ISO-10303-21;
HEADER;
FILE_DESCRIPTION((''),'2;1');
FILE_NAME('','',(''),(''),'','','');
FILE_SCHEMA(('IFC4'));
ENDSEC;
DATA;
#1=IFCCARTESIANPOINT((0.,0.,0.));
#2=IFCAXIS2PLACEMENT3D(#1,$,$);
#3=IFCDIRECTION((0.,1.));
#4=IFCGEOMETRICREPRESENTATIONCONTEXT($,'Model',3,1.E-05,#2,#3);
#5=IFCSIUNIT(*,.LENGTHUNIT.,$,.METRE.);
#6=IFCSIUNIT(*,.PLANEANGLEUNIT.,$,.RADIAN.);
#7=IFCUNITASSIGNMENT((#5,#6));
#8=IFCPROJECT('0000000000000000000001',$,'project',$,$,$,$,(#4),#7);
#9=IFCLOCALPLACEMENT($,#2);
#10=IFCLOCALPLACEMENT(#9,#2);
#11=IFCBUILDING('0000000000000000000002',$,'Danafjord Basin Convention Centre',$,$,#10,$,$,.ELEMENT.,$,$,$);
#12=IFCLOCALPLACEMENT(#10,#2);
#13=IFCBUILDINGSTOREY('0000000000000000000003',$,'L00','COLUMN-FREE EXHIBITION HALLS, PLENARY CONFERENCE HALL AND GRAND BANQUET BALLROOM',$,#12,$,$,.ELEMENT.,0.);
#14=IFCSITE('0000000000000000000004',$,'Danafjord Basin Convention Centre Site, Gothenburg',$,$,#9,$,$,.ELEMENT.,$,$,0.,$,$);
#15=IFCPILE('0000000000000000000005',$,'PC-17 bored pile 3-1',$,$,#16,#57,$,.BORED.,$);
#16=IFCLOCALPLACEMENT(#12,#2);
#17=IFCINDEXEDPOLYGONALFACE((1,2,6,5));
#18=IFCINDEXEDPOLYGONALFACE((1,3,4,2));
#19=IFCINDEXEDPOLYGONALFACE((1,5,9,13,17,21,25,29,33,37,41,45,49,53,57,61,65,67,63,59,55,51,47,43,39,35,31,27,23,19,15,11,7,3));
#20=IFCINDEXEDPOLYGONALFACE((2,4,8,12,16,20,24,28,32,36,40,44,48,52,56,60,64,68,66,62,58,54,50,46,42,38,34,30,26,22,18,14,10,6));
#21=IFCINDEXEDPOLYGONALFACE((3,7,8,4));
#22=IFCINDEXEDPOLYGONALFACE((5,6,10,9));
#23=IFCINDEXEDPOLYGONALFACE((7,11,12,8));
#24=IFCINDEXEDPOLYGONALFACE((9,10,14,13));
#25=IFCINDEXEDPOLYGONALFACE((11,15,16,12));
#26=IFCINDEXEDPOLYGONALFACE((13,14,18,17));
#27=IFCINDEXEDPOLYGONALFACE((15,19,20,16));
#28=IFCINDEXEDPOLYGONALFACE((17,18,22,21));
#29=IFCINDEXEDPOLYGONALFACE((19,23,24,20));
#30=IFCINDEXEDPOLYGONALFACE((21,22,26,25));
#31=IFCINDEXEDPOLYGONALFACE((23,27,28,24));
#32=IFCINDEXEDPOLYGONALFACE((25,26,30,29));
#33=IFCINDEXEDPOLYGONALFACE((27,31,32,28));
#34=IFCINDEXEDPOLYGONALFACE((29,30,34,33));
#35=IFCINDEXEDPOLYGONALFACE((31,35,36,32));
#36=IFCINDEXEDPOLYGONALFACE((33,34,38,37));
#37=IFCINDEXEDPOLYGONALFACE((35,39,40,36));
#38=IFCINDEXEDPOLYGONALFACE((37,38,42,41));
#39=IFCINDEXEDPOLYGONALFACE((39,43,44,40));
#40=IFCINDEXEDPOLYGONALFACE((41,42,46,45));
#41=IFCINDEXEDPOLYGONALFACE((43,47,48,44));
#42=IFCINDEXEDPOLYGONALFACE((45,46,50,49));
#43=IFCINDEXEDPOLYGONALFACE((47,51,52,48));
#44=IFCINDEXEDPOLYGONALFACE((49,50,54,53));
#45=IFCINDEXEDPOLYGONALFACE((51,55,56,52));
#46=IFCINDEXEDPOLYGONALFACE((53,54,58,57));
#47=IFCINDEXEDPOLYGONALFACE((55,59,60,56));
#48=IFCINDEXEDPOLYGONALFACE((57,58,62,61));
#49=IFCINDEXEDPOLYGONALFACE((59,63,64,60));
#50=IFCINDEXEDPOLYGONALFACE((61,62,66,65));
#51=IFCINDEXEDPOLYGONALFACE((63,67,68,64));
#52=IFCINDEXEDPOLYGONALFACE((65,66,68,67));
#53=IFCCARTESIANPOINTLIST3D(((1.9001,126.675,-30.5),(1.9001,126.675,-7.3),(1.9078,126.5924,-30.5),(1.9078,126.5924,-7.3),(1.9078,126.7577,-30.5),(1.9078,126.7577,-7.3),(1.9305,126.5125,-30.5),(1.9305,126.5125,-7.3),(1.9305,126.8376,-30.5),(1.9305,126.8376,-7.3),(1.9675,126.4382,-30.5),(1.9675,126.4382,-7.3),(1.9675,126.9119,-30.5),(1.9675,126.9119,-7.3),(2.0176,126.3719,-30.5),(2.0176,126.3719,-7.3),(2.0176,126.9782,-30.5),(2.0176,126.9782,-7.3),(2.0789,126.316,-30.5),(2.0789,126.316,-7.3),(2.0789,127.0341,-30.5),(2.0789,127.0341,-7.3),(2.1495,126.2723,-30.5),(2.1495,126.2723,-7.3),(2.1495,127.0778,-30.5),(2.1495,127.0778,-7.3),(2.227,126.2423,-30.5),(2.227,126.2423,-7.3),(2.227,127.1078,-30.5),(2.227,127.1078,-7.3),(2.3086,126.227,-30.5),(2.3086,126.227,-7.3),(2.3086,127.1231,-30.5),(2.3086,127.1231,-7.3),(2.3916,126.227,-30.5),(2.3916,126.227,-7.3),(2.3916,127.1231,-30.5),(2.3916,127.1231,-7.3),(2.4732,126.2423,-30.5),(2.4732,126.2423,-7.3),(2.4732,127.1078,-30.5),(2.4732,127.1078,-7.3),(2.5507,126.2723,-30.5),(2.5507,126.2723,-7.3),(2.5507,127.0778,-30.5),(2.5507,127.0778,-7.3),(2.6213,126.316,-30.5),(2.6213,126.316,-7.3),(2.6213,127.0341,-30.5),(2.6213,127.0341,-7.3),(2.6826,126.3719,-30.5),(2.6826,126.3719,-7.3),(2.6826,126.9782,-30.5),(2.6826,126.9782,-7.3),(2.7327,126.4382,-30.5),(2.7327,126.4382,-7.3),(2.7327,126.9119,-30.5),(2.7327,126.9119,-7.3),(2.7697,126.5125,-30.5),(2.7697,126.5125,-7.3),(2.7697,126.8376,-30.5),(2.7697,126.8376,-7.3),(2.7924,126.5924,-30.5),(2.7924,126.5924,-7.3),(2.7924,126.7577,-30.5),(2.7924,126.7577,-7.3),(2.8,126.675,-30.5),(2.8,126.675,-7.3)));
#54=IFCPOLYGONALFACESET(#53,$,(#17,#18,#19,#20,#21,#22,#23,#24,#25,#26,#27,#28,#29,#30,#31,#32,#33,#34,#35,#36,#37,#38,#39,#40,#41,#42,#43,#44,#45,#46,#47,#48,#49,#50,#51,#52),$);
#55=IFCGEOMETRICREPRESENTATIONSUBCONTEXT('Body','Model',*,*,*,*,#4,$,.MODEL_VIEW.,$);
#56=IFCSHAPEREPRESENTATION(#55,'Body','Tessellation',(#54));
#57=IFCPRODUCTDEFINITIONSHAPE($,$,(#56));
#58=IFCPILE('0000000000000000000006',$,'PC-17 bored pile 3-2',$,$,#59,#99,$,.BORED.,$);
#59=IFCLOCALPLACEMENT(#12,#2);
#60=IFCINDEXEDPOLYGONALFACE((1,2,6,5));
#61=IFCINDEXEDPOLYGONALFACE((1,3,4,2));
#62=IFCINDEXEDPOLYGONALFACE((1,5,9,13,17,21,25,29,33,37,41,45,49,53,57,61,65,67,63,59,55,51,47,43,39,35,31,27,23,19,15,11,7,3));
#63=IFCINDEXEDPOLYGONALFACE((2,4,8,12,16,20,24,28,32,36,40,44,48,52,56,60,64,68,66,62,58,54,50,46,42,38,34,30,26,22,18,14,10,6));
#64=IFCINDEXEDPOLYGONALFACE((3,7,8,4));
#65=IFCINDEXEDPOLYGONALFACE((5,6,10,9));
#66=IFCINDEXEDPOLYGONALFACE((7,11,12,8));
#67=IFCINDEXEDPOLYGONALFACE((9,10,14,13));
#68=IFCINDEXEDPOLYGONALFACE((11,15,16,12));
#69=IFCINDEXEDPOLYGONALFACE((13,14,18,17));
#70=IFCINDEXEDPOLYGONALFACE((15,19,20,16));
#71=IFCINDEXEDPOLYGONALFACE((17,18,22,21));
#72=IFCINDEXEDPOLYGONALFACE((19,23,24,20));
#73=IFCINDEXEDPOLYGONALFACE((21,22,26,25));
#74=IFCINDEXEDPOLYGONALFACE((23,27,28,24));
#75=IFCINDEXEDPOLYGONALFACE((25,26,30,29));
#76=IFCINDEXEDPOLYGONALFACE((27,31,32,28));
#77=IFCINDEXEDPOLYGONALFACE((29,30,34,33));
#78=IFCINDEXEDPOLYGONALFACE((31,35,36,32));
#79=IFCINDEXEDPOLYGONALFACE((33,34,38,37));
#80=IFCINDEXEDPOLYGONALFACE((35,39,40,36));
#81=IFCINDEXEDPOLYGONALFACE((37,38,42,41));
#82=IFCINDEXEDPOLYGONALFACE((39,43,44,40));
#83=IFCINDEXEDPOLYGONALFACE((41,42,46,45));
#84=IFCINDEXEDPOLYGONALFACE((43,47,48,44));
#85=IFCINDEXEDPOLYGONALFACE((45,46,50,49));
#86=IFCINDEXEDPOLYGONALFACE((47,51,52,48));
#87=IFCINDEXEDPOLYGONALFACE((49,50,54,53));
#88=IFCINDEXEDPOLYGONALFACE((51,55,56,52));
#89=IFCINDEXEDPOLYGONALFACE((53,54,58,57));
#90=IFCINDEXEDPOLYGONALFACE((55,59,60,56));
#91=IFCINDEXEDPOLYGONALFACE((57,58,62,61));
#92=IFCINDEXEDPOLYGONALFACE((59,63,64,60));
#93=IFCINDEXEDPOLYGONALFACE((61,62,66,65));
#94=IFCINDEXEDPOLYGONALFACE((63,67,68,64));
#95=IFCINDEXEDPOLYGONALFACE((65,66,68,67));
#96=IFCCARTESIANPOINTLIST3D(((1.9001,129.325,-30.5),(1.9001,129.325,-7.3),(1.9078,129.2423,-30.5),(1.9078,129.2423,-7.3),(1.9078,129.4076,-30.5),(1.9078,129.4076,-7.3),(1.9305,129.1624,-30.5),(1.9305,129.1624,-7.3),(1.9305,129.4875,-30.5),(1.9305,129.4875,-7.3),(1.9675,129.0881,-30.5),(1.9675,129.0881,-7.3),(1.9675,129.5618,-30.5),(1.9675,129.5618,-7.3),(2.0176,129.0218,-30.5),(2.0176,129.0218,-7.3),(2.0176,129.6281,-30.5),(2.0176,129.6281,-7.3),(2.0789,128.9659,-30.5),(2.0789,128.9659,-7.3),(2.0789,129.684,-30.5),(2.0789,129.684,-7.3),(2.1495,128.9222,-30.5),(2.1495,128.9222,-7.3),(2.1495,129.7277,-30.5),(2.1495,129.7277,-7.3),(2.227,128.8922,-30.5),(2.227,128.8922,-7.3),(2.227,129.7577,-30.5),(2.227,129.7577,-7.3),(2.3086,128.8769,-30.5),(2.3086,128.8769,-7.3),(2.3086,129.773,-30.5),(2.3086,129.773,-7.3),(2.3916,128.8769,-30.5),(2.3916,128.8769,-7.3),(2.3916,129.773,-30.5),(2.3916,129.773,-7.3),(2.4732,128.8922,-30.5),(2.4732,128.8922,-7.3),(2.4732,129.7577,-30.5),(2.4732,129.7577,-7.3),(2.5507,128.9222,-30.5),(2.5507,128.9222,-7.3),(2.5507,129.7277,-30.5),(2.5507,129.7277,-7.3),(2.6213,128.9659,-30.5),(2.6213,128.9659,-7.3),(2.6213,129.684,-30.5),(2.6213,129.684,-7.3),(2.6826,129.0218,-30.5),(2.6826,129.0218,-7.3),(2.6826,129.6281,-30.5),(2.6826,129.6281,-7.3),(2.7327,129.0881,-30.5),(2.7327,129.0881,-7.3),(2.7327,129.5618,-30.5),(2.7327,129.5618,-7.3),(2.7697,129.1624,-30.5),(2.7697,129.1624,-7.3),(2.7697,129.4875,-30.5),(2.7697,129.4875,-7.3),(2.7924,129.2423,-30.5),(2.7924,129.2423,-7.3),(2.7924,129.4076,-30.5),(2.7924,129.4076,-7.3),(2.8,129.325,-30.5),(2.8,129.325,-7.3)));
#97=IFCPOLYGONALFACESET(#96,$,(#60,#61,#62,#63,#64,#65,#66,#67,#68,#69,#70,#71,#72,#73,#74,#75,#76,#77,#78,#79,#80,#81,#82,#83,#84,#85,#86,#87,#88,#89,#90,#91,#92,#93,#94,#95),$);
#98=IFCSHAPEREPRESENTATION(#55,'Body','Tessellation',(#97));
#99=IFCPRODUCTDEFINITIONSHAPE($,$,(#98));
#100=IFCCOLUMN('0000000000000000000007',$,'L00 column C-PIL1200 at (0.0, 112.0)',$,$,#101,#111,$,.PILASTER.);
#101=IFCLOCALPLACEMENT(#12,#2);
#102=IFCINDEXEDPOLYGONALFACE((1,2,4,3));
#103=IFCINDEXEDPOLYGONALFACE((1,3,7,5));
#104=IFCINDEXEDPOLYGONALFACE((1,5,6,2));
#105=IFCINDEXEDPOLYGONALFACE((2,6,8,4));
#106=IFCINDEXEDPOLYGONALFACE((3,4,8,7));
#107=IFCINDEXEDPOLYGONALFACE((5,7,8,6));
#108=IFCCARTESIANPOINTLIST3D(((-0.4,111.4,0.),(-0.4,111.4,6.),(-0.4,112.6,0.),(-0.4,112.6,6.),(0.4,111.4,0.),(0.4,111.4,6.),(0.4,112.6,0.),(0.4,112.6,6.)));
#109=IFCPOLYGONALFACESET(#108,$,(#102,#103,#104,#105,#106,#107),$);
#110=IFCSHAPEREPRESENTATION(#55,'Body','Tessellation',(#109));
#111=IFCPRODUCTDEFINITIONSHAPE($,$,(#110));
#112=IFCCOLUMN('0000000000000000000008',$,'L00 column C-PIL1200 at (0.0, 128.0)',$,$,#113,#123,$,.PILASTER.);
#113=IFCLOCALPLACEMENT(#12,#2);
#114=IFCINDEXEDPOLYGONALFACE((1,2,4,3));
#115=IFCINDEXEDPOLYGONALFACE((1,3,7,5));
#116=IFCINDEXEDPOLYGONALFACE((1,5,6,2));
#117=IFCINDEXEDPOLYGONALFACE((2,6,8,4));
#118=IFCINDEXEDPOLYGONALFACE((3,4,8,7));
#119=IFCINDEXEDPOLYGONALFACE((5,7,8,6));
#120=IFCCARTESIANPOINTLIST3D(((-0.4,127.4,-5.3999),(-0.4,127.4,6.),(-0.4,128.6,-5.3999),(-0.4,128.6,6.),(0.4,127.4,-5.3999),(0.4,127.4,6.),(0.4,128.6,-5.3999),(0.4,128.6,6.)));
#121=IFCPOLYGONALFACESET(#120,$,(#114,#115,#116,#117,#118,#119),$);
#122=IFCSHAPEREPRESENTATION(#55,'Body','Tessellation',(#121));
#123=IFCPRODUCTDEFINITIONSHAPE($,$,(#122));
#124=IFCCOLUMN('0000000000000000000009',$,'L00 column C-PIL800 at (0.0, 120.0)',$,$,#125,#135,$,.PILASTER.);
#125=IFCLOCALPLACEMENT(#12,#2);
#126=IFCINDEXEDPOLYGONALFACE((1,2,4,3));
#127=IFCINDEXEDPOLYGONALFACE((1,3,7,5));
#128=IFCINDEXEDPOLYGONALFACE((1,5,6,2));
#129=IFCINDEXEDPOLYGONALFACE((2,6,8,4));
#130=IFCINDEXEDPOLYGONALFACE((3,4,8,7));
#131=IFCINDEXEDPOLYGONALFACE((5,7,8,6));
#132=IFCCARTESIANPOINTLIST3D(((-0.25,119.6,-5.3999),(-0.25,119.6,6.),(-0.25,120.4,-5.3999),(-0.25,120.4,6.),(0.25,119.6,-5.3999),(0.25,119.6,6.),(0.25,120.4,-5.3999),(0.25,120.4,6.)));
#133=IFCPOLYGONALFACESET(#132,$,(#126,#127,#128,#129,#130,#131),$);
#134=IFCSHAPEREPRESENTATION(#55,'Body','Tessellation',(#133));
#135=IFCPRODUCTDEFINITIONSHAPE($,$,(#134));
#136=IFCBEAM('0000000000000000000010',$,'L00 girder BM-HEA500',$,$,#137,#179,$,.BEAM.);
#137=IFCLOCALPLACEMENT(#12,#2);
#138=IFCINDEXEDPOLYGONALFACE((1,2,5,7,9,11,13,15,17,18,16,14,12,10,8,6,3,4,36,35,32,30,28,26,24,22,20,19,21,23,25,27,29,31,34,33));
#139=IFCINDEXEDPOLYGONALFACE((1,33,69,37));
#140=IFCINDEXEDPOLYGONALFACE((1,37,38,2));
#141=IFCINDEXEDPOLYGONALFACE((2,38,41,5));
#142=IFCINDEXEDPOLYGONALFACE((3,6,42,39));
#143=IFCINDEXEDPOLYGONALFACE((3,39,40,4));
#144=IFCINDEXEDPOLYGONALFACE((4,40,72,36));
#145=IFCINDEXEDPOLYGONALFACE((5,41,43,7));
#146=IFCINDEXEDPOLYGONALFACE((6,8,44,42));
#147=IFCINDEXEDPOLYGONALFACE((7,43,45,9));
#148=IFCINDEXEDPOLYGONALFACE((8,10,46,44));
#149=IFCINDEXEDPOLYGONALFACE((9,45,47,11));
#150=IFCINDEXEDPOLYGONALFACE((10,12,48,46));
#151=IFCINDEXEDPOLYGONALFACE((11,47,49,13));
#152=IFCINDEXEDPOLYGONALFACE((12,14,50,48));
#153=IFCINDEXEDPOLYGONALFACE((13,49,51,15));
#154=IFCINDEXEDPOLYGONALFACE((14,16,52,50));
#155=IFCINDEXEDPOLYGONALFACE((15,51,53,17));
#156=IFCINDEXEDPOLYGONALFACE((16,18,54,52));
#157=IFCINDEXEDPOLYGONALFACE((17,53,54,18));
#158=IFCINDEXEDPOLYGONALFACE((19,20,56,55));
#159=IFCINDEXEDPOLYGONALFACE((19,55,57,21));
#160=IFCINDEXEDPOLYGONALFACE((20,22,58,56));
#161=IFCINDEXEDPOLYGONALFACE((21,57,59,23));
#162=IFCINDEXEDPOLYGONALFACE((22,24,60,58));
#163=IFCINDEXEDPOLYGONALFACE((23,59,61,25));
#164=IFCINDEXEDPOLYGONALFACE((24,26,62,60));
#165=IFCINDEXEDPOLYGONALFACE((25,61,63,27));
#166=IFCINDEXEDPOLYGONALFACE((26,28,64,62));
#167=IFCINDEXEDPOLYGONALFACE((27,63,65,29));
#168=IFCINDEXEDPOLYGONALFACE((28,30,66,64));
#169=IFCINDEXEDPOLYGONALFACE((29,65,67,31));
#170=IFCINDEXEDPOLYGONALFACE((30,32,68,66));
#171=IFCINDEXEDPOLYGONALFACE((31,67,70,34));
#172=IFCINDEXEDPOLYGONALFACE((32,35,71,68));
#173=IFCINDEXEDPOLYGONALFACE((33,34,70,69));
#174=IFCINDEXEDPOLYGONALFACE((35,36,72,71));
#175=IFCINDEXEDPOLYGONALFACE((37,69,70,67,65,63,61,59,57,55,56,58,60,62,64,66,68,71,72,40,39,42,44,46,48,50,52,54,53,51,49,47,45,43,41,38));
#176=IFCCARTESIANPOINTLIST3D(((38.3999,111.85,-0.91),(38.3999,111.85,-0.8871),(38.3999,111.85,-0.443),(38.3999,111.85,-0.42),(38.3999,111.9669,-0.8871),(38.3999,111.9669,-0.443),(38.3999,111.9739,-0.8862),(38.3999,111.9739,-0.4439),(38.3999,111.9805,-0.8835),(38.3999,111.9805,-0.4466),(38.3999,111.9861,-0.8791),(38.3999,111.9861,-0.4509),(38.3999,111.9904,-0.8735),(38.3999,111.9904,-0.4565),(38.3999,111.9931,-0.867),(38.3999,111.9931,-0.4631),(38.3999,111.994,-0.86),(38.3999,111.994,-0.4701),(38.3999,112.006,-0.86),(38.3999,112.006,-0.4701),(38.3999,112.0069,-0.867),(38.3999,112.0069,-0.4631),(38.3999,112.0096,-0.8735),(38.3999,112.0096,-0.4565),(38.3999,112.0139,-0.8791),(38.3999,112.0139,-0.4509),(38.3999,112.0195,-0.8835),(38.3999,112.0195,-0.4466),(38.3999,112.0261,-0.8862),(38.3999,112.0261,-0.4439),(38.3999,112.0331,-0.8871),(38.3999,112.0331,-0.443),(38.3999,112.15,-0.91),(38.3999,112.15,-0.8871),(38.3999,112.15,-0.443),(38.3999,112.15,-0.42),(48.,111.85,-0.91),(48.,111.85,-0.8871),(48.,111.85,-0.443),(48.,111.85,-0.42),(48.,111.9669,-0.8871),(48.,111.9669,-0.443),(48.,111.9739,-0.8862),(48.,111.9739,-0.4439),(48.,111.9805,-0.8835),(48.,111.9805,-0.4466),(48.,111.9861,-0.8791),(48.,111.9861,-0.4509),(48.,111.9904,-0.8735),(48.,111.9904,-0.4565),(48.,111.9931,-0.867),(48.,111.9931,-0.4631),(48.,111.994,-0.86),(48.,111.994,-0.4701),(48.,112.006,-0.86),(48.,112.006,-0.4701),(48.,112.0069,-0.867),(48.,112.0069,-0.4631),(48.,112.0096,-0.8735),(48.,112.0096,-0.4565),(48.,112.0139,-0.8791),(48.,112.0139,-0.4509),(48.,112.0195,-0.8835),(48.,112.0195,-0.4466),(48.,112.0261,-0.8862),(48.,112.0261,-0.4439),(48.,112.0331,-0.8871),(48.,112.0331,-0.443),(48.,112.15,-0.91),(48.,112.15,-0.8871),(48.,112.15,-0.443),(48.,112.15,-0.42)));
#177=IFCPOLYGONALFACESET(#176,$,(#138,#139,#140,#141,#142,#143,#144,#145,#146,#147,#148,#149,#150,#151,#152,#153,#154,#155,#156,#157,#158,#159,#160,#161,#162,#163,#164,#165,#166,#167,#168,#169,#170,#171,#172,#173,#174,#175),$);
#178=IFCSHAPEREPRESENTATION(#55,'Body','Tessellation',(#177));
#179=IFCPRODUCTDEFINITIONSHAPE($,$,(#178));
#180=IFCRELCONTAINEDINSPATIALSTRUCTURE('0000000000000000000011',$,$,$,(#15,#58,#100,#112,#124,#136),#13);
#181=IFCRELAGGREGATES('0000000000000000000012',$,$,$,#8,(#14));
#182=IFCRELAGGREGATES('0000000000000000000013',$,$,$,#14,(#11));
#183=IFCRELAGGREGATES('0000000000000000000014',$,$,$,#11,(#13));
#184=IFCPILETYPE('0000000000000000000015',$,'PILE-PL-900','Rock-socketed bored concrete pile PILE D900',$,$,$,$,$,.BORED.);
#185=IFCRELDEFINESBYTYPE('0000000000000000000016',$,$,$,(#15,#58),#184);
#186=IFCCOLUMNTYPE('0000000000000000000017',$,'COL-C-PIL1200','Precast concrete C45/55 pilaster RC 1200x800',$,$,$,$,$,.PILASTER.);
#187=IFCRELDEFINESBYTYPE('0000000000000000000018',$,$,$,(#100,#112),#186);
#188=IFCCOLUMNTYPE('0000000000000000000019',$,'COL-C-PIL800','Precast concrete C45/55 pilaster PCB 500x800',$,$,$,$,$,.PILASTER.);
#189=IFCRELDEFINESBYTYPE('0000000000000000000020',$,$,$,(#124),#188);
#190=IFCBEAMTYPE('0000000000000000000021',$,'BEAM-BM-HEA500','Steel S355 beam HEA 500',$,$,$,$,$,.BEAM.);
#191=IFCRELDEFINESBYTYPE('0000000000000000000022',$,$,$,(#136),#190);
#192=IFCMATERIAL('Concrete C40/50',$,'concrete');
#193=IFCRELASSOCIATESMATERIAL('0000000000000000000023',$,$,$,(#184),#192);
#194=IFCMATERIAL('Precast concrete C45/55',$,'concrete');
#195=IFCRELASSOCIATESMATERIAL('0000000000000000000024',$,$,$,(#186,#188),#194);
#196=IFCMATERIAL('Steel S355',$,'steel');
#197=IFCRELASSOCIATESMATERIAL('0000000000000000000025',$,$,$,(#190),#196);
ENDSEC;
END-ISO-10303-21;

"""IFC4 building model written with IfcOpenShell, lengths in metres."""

from ifc_helpers import new_model, si_unit, direction, frame, origin, origin_2d, place, context, subcontext, project, spatial, rectangle, circle, i_section, extrude, material, material_profile, profile_set, type_object, element, save


model = new_model("IFC4")

# Units and contexts
model_context = context("Model", 3, precision=1e-05, world=origin(), true_north=direction((0.0, 1.0)))
body_context = subcontext(model_context, "Body", "Model", "MODEL_VIEW")
ifc_project = project(units=[si_unit("LENGTHUNIT", "METRE"), si_unit("PLANEANGLEUNIT", "RADIAN")], contexts=[model_context])

# Site, building, storey
site_placement = place(None, origin())
site = spatial("IfcSite", under=ifc_project, at=site_placement, Name="Danafjord Basin Convention Centre Site, Gothenburg", CompositionType="ELEMENT", RefElevation=0.0)
building_placement = place(site_placement, origin())
building = spatial("IfcBuilding", under=site, at=building_placement, Name="Danafjord Basin Convention Centre", CompositionType="ELEMENT")
storey_placement = place(building_placement, origin())
storey = spatial("IfcBuildingStorey", under=building, at=storey_placement, Name="L00", Description="COLUMN-FREE EXHIBITION HALLS, PLENARY CONFERENCE HALL AND GRAND BANQUET BALLROOM", CompositionType="ELEMENT", Elevation=0.0)

# Shared definitions
ifc_material_1 = material(Name="Concrete C40/50", Category="concrete")

# Piles
ifc_material_profile_1 = material_profile(ifc_material_1, circle(Radius=0.45, at=origin_2d()), Name="PILE D900")
ifc_profile_set_1 = profile_set([ifc_material_profile_1], Name="Concrete C40/50")
pile_type_1 = type_object("IfcPileType", Name="PILE-PL-900", Description="Rock-socketed bored concrete pile PILE D900", PredefinedType="BORED", material=ifc_profile_set_1)
for number, where, z_axis, x_axis, name in (
    (1, (2.3501, 126.675, -7.3), (0.0, 0.0, -1.0), (1.0, 0.0, 0.0), "PC-17 bored pile 3-1"),
    (2, (2.3501, 129.325, -7.3), (0.0, 0.0, -1.0), (1.0, 0.0, 0.0), "PC-17 bored pile 3-2"),
):
    element("IfcPile", number, at=place(storey_placement, frame(where, z_axis=z_axis, x_axis=x_axis)), inside=storey, type_object=pile_type_1, Name=name, PredefinedType="BORED", context=body_context, shape_type="SweptSolid", body=[
        extrude(circle(Radius=0.45, at=origin_2d()), origin(), (0.0, 0.0, 1.0), 23.2),
    ])

# Columns
ifc_material_2 = material(Name="Precast concrete C45/55", Category="concrete")
ifc_material_profile_2 = material_profile(ifc_material_2, rectangle(XDim=0.8, YDim=1.2, at=origin_2d()), Name="RC 1200x800")
ifc_profile_set_2 = profile_set([ifc_material_profile_2], Name="Precast concrete C45/55")
column_type_1 = type_object("IfcColumnType", Name="COL-C-PIL1200", Description="Precast concrete C45/55 pilaster RC 1200x800", PredefinedType="PILASTER", material=ifc_profile_set_2)
column_1_placement = place(storey_placement, frame((0.0, 112.0, 0.0), z_axis=(0.0, 0.0, 1.0), x_axis=(1.0, 0.0, 0.0)))
element("IfcColumn", 3, at=column_1_placement, inside=storey, type_object=column_type_1, Name="L00 column C-PIL1200 at (0.0, 112.0)", PredefinedType="PILASTER", context=body_context, shape_type="SweptSolid", body=[
    extrude(rectangle(XDim=0.8, YDim=1.2, at=origin_2d()), origin(), (0.0, 0.0, 1.0), 6.0),
])
column_2_placement = place(storey_placement, frame((0.0, 128.0, -5.3999), z_axis=(0.0, 0.0, 1.0), x_axis=(1.0, 0.0, 0.0)))
element("IfcColumn", 4, at=column_2_placement, inside=storey, type_object=column_type_1, Name="L00 column C-PIL1200 at (0.0, 128.0)", PredefinedType="PILASTER", context=body_context, shape_type="SweptSolid", body=[
    extrude(rectangle(XDim=0.8, YDim=1.2, at=origin_2d()), origin(), (0.0, 0.0, 1.0), 11.3999),
])
ifc_material_profile_3 = material_profile(ifc_material_2, rectangle(XDim=0.5, YDim=0.8, at=origin_2d()), Name="PCB 500x800")
ifc_profile_set_3 = profile_set([ifc_material_profile_3], Name="Precast concrete C45/55")
column_type_2 = type_object("IfcColumnType", Name="COL-C-PIL800", Description="Precast concrete C45/55 pilaster PCB 500x800", PredefinedType="PILASTER", material=ifc_profile_set_3)
column_3_placement = place(storey_placement, frame((0.0, 120.0, -5.3999), z_axis=(0.0, 0.0, 1.0), x_axis=(1.0, 0.0, 0.0)))
element("IfcColumn", 5, at=column_3_placement, inside=storey, type_object=column_type_2, Name="L00 column C-PIL800 at (0.0, 120.0)", PredefinedType="PILASTER", context=body_context, shape_type="SweptSolid", body=[
    extrude(rectangle(XDim=0.5, YDim=0.8, at=origin_2d()), origin(), (0.0, 0.0, 1.0), 11.3999),
])

# Beam
ifc_material_3 = material(Name="Steel S355", Category="steel")
ifc_material_profile_4 = material_profile(ifc_material_3, i_section(OverallWidth=0.3, OverallDepth=0.49, WebThickness=0.012, FlangeThickness=0.0229, FilletRadius=0.0271, at=origin_2d()), Name="HEA 500")
ifc_profile_set_4 = profile_set([ifc_material_profile_4], Name="Steel S355")
beam_type_1 = type_object("IfcBeamType", Name="BEAM-BM-HEA500", Description="Steel S355 beam HEA 500", PredefinedType="BEAM", material=ifc_profile_set_4)
beam_1_placement = place(storey_placement, frame((38.3999, 112.0, -0.665), z_axis=(1.0, 0.0, 0.0), x_axis=(0.0, 1.0, 0.0)))
element("IfcBeam", 6, at=beam_1_placement, inside=storey, type_object=beam_type_1, Name="L00 girder BM-HEA500", PredefinedType="BEAM", context=body_context, shape_type="SweptSolid", body=[
    extrude(i_section(OverallWidth=0.3, OverallDepth=0.49, WebThickness=0.012, FlangeThickness=0.0229, FilletRadius=0.0271, at=origin_2d()), origin(), (0.0, 0.0, 1.0), 9.6001),
])

save(model, "model.ifc")
